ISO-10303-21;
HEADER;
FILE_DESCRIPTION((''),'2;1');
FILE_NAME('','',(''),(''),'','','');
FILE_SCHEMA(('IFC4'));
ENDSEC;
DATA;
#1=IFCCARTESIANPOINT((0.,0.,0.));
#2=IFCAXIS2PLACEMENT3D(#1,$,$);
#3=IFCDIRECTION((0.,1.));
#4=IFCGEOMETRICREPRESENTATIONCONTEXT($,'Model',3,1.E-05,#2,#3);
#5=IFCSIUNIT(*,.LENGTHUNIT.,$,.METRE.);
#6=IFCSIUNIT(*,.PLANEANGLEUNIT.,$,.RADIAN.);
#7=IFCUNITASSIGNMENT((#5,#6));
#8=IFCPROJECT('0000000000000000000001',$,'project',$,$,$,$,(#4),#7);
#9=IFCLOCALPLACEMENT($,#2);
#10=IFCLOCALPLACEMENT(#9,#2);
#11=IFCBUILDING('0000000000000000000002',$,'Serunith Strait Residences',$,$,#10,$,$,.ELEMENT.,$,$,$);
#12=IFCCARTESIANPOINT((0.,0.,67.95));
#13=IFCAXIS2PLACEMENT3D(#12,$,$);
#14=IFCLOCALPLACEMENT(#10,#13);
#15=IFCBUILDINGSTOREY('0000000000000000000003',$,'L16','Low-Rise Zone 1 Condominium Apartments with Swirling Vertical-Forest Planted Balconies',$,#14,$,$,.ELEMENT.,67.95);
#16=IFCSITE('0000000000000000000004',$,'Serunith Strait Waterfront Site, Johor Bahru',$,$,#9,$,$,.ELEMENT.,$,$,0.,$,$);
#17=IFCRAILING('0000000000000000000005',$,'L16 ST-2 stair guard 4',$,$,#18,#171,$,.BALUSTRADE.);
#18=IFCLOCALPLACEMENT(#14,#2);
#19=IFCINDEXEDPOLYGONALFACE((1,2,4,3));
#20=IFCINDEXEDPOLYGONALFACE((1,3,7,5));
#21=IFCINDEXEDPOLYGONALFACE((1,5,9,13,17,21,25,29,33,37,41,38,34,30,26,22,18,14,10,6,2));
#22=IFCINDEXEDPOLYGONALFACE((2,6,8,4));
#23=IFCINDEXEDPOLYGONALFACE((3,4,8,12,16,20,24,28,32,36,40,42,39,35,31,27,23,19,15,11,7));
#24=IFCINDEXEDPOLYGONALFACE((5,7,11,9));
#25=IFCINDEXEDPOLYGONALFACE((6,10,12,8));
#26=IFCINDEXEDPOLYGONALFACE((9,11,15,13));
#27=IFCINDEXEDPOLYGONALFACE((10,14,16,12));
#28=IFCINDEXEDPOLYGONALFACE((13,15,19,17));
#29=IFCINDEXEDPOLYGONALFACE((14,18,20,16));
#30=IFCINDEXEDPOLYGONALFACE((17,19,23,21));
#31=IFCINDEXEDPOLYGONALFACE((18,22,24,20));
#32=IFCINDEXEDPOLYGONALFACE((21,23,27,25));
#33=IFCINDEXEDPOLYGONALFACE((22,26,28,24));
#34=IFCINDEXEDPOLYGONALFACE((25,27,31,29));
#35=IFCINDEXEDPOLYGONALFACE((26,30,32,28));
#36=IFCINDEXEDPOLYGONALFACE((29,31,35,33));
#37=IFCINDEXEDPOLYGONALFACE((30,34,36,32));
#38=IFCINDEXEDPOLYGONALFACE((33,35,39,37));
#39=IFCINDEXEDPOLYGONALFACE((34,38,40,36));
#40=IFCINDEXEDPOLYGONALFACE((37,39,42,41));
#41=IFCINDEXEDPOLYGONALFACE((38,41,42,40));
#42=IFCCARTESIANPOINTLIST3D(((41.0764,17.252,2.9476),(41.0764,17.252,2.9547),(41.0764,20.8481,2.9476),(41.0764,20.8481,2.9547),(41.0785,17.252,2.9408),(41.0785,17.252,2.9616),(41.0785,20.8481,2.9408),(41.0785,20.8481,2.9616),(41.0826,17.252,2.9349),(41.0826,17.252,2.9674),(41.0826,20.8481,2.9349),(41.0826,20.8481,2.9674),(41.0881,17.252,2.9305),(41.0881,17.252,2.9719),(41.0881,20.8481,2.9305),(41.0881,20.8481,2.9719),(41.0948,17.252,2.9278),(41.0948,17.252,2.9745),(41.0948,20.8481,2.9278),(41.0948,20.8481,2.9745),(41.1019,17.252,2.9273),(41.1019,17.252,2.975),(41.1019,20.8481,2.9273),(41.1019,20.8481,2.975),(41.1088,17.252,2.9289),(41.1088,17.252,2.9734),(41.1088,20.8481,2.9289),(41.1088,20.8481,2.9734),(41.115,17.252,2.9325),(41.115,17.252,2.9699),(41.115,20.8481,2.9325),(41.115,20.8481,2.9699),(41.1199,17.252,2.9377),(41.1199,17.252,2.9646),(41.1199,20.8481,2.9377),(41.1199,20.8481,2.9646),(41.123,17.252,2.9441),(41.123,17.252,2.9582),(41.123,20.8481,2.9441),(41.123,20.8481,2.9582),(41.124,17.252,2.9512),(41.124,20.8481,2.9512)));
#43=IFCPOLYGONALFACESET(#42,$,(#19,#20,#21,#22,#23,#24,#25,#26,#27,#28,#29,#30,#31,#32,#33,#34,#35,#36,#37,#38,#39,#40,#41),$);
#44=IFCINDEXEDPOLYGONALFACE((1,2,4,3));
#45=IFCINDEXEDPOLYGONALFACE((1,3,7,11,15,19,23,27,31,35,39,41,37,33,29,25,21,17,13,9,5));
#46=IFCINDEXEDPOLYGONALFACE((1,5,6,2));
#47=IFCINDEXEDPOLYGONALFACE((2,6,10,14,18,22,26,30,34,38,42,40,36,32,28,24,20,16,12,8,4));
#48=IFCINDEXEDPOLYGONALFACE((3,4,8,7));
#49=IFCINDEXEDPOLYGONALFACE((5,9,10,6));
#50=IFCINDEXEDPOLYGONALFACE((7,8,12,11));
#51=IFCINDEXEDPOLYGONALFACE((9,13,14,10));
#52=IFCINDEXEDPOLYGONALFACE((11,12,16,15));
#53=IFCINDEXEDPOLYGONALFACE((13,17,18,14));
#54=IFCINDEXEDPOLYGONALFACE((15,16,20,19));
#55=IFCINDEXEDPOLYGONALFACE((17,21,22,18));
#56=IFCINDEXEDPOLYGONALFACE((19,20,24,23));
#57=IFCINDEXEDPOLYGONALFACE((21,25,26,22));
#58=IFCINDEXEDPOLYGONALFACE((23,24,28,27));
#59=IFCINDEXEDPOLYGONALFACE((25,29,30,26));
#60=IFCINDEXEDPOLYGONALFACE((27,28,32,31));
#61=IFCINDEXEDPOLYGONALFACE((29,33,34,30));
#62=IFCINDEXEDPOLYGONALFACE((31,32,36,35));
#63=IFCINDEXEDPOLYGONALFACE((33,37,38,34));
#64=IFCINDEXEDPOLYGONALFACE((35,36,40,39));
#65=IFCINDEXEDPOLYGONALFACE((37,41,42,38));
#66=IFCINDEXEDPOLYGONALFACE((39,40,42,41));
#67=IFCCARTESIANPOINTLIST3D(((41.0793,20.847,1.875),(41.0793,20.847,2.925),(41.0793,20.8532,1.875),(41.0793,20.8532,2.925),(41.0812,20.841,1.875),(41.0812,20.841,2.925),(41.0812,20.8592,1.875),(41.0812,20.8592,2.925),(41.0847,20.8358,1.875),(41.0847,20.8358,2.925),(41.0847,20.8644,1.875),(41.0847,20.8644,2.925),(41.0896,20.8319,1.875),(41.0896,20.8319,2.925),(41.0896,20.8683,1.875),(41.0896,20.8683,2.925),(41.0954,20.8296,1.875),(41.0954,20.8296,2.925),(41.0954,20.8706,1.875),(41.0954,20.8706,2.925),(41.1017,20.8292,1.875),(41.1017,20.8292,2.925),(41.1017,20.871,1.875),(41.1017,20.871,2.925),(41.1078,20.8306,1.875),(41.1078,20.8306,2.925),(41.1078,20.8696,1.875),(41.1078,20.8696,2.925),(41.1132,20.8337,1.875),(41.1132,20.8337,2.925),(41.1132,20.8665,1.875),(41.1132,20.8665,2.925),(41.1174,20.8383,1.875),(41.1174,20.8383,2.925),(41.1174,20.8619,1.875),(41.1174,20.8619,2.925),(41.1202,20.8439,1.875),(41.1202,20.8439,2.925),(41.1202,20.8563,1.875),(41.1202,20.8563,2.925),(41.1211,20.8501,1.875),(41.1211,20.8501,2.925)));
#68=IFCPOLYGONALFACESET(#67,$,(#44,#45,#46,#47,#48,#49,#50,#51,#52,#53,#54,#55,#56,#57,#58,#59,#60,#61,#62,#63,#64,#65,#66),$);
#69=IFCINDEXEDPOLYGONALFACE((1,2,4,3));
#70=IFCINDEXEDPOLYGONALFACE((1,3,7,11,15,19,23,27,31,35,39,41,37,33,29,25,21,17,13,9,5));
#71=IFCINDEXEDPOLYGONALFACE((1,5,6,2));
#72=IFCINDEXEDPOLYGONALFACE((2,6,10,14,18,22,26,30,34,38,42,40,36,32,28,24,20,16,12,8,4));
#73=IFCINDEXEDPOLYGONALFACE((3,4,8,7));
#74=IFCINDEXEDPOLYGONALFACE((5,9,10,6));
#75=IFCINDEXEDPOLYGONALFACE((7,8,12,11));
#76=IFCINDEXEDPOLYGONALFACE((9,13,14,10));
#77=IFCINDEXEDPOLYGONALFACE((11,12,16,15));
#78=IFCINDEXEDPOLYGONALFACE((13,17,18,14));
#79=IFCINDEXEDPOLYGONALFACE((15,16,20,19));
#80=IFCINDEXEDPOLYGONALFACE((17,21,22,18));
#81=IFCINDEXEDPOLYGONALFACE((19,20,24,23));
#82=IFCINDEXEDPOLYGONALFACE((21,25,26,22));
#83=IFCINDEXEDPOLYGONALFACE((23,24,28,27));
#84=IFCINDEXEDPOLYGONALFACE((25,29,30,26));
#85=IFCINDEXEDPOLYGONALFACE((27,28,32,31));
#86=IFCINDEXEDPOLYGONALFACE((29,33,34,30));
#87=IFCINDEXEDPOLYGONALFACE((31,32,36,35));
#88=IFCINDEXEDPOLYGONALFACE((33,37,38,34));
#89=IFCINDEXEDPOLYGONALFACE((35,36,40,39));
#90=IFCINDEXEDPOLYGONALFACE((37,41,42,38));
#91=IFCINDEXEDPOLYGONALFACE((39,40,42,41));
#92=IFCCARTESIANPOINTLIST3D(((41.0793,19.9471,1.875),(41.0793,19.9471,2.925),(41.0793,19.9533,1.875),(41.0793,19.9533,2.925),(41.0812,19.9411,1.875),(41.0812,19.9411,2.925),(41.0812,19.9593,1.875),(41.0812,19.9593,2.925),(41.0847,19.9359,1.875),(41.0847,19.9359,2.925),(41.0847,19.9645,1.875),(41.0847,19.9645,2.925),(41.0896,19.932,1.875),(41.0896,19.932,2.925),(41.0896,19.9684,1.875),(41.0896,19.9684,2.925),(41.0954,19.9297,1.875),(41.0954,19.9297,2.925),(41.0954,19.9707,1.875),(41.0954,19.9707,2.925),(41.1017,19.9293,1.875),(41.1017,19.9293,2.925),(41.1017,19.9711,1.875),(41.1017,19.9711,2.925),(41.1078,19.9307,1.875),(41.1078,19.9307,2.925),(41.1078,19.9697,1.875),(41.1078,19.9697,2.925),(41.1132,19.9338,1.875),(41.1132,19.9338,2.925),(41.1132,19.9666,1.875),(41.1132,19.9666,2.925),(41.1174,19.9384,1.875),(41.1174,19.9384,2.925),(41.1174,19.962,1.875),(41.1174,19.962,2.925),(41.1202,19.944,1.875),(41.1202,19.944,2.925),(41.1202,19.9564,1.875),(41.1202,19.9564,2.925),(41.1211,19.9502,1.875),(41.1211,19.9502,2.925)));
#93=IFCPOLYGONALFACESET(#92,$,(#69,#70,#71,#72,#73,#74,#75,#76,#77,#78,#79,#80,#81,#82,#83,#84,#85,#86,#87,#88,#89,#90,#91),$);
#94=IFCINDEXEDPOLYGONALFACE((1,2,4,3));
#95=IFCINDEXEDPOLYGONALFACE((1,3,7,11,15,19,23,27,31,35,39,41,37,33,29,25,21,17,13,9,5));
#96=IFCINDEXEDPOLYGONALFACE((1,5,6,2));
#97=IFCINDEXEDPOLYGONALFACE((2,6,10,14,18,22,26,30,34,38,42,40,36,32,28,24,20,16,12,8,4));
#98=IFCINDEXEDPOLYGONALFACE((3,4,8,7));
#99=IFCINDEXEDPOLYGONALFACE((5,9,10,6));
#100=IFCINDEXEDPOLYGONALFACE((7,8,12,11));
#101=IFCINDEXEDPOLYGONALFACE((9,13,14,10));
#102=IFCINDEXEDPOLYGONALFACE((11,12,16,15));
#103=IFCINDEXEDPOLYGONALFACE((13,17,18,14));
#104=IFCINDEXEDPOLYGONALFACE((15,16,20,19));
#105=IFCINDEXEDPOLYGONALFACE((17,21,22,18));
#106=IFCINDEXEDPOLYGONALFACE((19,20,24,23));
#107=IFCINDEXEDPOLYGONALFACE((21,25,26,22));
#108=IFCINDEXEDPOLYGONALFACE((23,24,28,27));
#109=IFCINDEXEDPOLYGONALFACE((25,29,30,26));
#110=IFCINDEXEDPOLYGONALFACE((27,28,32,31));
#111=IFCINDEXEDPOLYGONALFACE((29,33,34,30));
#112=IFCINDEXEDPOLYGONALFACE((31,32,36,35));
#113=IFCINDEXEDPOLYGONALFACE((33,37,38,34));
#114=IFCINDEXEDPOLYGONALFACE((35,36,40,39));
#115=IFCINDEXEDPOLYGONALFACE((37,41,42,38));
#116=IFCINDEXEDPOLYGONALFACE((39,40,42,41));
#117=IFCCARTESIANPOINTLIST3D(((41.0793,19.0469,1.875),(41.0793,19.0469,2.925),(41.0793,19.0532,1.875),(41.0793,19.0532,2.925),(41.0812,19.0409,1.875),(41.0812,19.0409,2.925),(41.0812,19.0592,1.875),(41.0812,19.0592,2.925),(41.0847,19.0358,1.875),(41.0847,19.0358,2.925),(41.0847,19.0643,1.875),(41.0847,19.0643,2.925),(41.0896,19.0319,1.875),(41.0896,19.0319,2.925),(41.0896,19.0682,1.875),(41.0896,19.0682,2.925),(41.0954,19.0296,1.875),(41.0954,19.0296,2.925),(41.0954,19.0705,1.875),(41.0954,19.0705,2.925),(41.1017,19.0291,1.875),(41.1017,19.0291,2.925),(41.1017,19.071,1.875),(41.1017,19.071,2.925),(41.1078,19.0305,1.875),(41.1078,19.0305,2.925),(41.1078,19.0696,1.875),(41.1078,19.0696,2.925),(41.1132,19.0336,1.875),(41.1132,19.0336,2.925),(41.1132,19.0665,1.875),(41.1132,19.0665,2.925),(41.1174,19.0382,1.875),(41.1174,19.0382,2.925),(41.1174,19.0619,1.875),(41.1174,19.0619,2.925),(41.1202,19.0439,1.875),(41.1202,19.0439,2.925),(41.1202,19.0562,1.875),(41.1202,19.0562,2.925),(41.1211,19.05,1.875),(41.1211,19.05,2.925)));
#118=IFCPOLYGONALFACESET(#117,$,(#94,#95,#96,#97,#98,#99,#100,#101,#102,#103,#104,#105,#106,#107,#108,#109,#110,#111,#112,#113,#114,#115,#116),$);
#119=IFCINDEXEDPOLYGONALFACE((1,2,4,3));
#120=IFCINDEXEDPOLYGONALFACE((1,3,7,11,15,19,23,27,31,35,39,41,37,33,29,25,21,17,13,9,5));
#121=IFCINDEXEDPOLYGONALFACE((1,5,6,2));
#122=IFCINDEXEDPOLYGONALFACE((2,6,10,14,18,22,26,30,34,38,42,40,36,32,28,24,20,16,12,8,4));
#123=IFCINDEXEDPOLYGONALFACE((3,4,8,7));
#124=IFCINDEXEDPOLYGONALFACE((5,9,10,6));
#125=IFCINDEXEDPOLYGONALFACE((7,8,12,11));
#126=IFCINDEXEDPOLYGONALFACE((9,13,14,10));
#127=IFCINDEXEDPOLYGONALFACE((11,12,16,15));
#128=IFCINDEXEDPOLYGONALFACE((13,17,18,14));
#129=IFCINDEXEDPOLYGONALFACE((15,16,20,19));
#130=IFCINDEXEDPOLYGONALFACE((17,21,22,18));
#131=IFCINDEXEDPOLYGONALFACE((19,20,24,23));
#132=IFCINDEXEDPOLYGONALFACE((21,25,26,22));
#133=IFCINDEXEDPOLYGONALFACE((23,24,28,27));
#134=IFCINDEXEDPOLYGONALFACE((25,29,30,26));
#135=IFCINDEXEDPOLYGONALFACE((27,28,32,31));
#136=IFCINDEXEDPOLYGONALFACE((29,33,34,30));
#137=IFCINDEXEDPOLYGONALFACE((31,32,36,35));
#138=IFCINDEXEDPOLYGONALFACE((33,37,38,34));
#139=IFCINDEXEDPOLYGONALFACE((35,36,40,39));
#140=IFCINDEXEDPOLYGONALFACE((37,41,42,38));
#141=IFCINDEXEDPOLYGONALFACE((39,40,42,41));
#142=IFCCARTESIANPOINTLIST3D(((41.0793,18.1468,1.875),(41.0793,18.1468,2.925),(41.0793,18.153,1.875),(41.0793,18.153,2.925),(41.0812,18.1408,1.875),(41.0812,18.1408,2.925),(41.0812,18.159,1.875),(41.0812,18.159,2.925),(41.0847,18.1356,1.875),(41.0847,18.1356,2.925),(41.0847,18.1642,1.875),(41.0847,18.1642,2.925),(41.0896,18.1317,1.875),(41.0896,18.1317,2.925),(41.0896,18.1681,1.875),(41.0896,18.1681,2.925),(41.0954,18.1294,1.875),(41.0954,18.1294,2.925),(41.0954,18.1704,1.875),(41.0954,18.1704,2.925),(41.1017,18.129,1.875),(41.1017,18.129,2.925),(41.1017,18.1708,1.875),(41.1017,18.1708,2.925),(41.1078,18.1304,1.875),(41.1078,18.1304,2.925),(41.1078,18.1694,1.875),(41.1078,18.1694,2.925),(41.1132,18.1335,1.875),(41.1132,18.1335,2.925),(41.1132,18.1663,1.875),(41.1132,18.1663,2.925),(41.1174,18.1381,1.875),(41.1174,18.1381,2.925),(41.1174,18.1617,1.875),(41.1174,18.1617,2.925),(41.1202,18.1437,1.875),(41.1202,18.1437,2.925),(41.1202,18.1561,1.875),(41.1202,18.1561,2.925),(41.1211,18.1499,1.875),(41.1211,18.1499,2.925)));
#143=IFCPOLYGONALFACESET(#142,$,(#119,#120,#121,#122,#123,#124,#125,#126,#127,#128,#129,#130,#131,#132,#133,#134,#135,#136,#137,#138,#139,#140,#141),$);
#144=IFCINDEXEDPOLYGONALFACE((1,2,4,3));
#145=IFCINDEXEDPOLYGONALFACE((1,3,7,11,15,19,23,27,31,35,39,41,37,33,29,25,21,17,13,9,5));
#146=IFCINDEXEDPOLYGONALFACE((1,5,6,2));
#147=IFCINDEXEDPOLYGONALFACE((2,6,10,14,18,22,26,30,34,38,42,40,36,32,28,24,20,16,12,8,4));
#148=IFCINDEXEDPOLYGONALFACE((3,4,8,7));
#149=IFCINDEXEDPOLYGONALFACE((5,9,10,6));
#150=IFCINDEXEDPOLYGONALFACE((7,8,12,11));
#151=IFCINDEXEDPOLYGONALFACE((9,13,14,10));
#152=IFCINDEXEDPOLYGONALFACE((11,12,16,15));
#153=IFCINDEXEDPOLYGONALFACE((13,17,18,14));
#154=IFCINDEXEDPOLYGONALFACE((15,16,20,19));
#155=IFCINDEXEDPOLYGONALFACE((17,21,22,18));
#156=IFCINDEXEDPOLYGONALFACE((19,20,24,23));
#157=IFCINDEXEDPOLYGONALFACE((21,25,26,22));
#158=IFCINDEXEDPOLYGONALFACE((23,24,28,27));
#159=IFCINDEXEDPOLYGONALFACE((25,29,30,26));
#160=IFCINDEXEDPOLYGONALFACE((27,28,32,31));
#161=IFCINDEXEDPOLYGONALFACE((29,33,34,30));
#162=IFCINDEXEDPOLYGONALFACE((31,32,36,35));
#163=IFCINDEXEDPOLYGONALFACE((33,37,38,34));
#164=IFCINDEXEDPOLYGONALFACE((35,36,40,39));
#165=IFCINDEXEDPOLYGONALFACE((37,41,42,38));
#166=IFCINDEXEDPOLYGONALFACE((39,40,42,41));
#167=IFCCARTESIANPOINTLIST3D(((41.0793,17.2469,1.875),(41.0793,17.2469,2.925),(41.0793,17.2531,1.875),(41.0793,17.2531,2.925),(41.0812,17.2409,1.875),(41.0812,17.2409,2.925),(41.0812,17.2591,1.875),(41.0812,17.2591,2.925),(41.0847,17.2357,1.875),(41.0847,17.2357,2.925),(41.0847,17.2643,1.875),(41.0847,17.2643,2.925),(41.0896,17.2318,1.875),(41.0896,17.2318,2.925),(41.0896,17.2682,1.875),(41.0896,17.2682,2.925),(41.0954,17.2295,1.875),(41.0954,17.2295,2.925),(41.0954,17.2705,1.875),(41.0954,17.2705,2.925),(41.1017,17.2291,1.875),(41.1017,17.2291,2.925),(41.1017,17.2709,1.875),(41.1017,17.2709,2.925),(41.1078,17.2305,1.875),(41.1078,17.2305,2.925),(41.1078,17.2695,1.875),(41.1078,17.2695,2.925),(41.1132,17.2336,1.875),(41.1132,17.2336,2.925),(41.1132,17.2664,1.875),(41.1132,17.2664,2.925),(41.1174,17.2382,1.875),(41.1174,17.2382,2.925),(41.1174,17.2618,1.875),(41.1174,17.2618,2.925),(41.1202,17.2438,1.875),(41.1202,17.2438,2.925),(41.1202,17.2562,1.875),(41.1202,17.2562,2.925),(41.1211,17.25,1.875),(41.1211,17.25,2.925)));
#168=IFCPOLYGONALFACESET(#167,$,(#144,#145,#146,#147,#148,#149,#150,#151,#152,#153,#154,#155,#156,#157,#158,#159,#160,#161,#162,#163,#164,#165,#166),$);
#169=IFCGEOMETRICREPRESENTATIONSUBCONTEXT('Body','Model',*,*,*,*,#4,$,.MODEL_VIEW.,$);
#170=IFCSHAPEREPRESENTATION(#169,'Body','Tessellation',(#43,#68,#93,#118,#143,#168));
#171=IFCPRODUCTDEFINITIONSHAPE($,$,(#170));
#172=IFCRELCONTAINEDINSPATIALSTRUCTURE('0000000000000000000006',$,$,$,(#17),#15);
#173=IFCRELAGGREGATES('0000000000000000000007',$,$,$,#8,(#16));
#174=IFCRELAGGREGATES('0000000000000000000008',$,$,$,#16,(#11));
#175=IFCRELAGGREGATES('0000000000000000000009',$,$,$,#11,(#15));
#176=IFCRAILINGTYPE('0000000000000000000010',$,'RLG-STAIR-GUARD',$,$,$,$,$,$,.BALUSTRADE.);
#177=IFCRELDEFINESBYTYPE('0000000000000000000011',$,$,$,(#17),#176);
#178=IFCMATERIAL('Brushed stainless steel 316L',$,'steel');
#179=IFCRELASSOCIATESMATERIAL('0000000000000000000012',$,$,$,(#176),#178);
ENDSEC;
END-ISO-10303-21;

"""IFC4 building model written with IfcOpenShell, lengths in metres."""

from ifc_helpers import new_model, si_unit, direction, frame, origin, origin_2d, place, context, subcontext, project, spatial, circle, extrude, material, type_object, element, save


model = new_model("IFC4")

# Units and contexts
model_context = context("Model", 3, precision=1e-05, world=origin(), true_north=direction((0.0, 1.0)))
body_context = subcontext(model_context, "Body", "Model", "MODEL_VIEW")
ifc_project = project(units=[si_unit("LENGTHUNIT", "METRE"), si_unit("PLANEANGLEUNIT", "RADIAN")], contexts=[model_context])

# Site, building, storey
site_placement = place(None, origin())
site = spatial("IfcSite", under=ifc_project, at=site_placement, Name="Serunith Strait Waterfront Site, Johor Bahru", CompositionType="ELEMENT", RefElevation=0.0)
building_placement = place(site_placement, origin())
building = spatial("IfcBuilding", under=site, at=building_placement, Name="Serunith Strait Residences", CompositionType="ELEMENT")
storey_placement = place(building_placement, frame((0.0, 0.0, 67.95)))
storey = spatial("IfcBuildingStorey", under=building, at=storey_placement, Name="L16", Description="Low-Rise Zone 1 Condominium Apartments with Swirling Vertical-Forest Planted Balconies", CompositionType="ELEMENT", Elevation=67.95)

# Railing
ifc_material_1 = material(Name="Brushed stainless steel 316L", Category="steel")
railing_type_1 = type_object("IfcRailingType", Name="RLG-STAIR-GUARD", PredefinedType="BALUSTRADE", material=ifc_material_1)
for number, where, name in (
    (1, (41.1001, 20.8501, 1.875), "L16 ST-2 stair guard 4"),
):
    element("IfcRailing", number, at=place(storey_placement, frame(where)), inside=storey, type_object=railing_type_1, Name=name, PredefinedType="BALUSTRADE", context=body_context, shape_type="SweptSolid", body=[
        extrude(circle(Radius=0.0239, at=origin_2d()), frame((0.0, -0.002, 1.0762), z_axis=(0.0, -1.0, 0.0), x_axis=(1.0, 0.0, 0.0)), (0.0, 0.0, 1.0), 3.5962),
        extrude(circle(Radius=0.021, at=origin_2d()), origin(), (0.0, 0.0, 1.0), 1.05),
        extrude(circle(Radius=0.021, at=origin_2d()), frame((0.0, -0.8999, 0.0)), (0.0, 0.0, 1.0), 1.05),
        extrude(circle(Radius=0.021, at=origin_2d()), frame((0.0, -1.8, 0.0)), (0.0, 0.0, 1.0), 1.05),
        extrude(circle(Radius=0.021, at=origin_2d()), frame((0.0, -2.7002, 0.0)), (0.0, 0.0, 1.0), 1.05),
        extrude(circle(Radius=0.021, at=origin_2d()), frame((0.0, -3.6001, 0.0)), (0.0, 0.0, 1.0), 1.05),
    ])

save(model, "model.ifc")
